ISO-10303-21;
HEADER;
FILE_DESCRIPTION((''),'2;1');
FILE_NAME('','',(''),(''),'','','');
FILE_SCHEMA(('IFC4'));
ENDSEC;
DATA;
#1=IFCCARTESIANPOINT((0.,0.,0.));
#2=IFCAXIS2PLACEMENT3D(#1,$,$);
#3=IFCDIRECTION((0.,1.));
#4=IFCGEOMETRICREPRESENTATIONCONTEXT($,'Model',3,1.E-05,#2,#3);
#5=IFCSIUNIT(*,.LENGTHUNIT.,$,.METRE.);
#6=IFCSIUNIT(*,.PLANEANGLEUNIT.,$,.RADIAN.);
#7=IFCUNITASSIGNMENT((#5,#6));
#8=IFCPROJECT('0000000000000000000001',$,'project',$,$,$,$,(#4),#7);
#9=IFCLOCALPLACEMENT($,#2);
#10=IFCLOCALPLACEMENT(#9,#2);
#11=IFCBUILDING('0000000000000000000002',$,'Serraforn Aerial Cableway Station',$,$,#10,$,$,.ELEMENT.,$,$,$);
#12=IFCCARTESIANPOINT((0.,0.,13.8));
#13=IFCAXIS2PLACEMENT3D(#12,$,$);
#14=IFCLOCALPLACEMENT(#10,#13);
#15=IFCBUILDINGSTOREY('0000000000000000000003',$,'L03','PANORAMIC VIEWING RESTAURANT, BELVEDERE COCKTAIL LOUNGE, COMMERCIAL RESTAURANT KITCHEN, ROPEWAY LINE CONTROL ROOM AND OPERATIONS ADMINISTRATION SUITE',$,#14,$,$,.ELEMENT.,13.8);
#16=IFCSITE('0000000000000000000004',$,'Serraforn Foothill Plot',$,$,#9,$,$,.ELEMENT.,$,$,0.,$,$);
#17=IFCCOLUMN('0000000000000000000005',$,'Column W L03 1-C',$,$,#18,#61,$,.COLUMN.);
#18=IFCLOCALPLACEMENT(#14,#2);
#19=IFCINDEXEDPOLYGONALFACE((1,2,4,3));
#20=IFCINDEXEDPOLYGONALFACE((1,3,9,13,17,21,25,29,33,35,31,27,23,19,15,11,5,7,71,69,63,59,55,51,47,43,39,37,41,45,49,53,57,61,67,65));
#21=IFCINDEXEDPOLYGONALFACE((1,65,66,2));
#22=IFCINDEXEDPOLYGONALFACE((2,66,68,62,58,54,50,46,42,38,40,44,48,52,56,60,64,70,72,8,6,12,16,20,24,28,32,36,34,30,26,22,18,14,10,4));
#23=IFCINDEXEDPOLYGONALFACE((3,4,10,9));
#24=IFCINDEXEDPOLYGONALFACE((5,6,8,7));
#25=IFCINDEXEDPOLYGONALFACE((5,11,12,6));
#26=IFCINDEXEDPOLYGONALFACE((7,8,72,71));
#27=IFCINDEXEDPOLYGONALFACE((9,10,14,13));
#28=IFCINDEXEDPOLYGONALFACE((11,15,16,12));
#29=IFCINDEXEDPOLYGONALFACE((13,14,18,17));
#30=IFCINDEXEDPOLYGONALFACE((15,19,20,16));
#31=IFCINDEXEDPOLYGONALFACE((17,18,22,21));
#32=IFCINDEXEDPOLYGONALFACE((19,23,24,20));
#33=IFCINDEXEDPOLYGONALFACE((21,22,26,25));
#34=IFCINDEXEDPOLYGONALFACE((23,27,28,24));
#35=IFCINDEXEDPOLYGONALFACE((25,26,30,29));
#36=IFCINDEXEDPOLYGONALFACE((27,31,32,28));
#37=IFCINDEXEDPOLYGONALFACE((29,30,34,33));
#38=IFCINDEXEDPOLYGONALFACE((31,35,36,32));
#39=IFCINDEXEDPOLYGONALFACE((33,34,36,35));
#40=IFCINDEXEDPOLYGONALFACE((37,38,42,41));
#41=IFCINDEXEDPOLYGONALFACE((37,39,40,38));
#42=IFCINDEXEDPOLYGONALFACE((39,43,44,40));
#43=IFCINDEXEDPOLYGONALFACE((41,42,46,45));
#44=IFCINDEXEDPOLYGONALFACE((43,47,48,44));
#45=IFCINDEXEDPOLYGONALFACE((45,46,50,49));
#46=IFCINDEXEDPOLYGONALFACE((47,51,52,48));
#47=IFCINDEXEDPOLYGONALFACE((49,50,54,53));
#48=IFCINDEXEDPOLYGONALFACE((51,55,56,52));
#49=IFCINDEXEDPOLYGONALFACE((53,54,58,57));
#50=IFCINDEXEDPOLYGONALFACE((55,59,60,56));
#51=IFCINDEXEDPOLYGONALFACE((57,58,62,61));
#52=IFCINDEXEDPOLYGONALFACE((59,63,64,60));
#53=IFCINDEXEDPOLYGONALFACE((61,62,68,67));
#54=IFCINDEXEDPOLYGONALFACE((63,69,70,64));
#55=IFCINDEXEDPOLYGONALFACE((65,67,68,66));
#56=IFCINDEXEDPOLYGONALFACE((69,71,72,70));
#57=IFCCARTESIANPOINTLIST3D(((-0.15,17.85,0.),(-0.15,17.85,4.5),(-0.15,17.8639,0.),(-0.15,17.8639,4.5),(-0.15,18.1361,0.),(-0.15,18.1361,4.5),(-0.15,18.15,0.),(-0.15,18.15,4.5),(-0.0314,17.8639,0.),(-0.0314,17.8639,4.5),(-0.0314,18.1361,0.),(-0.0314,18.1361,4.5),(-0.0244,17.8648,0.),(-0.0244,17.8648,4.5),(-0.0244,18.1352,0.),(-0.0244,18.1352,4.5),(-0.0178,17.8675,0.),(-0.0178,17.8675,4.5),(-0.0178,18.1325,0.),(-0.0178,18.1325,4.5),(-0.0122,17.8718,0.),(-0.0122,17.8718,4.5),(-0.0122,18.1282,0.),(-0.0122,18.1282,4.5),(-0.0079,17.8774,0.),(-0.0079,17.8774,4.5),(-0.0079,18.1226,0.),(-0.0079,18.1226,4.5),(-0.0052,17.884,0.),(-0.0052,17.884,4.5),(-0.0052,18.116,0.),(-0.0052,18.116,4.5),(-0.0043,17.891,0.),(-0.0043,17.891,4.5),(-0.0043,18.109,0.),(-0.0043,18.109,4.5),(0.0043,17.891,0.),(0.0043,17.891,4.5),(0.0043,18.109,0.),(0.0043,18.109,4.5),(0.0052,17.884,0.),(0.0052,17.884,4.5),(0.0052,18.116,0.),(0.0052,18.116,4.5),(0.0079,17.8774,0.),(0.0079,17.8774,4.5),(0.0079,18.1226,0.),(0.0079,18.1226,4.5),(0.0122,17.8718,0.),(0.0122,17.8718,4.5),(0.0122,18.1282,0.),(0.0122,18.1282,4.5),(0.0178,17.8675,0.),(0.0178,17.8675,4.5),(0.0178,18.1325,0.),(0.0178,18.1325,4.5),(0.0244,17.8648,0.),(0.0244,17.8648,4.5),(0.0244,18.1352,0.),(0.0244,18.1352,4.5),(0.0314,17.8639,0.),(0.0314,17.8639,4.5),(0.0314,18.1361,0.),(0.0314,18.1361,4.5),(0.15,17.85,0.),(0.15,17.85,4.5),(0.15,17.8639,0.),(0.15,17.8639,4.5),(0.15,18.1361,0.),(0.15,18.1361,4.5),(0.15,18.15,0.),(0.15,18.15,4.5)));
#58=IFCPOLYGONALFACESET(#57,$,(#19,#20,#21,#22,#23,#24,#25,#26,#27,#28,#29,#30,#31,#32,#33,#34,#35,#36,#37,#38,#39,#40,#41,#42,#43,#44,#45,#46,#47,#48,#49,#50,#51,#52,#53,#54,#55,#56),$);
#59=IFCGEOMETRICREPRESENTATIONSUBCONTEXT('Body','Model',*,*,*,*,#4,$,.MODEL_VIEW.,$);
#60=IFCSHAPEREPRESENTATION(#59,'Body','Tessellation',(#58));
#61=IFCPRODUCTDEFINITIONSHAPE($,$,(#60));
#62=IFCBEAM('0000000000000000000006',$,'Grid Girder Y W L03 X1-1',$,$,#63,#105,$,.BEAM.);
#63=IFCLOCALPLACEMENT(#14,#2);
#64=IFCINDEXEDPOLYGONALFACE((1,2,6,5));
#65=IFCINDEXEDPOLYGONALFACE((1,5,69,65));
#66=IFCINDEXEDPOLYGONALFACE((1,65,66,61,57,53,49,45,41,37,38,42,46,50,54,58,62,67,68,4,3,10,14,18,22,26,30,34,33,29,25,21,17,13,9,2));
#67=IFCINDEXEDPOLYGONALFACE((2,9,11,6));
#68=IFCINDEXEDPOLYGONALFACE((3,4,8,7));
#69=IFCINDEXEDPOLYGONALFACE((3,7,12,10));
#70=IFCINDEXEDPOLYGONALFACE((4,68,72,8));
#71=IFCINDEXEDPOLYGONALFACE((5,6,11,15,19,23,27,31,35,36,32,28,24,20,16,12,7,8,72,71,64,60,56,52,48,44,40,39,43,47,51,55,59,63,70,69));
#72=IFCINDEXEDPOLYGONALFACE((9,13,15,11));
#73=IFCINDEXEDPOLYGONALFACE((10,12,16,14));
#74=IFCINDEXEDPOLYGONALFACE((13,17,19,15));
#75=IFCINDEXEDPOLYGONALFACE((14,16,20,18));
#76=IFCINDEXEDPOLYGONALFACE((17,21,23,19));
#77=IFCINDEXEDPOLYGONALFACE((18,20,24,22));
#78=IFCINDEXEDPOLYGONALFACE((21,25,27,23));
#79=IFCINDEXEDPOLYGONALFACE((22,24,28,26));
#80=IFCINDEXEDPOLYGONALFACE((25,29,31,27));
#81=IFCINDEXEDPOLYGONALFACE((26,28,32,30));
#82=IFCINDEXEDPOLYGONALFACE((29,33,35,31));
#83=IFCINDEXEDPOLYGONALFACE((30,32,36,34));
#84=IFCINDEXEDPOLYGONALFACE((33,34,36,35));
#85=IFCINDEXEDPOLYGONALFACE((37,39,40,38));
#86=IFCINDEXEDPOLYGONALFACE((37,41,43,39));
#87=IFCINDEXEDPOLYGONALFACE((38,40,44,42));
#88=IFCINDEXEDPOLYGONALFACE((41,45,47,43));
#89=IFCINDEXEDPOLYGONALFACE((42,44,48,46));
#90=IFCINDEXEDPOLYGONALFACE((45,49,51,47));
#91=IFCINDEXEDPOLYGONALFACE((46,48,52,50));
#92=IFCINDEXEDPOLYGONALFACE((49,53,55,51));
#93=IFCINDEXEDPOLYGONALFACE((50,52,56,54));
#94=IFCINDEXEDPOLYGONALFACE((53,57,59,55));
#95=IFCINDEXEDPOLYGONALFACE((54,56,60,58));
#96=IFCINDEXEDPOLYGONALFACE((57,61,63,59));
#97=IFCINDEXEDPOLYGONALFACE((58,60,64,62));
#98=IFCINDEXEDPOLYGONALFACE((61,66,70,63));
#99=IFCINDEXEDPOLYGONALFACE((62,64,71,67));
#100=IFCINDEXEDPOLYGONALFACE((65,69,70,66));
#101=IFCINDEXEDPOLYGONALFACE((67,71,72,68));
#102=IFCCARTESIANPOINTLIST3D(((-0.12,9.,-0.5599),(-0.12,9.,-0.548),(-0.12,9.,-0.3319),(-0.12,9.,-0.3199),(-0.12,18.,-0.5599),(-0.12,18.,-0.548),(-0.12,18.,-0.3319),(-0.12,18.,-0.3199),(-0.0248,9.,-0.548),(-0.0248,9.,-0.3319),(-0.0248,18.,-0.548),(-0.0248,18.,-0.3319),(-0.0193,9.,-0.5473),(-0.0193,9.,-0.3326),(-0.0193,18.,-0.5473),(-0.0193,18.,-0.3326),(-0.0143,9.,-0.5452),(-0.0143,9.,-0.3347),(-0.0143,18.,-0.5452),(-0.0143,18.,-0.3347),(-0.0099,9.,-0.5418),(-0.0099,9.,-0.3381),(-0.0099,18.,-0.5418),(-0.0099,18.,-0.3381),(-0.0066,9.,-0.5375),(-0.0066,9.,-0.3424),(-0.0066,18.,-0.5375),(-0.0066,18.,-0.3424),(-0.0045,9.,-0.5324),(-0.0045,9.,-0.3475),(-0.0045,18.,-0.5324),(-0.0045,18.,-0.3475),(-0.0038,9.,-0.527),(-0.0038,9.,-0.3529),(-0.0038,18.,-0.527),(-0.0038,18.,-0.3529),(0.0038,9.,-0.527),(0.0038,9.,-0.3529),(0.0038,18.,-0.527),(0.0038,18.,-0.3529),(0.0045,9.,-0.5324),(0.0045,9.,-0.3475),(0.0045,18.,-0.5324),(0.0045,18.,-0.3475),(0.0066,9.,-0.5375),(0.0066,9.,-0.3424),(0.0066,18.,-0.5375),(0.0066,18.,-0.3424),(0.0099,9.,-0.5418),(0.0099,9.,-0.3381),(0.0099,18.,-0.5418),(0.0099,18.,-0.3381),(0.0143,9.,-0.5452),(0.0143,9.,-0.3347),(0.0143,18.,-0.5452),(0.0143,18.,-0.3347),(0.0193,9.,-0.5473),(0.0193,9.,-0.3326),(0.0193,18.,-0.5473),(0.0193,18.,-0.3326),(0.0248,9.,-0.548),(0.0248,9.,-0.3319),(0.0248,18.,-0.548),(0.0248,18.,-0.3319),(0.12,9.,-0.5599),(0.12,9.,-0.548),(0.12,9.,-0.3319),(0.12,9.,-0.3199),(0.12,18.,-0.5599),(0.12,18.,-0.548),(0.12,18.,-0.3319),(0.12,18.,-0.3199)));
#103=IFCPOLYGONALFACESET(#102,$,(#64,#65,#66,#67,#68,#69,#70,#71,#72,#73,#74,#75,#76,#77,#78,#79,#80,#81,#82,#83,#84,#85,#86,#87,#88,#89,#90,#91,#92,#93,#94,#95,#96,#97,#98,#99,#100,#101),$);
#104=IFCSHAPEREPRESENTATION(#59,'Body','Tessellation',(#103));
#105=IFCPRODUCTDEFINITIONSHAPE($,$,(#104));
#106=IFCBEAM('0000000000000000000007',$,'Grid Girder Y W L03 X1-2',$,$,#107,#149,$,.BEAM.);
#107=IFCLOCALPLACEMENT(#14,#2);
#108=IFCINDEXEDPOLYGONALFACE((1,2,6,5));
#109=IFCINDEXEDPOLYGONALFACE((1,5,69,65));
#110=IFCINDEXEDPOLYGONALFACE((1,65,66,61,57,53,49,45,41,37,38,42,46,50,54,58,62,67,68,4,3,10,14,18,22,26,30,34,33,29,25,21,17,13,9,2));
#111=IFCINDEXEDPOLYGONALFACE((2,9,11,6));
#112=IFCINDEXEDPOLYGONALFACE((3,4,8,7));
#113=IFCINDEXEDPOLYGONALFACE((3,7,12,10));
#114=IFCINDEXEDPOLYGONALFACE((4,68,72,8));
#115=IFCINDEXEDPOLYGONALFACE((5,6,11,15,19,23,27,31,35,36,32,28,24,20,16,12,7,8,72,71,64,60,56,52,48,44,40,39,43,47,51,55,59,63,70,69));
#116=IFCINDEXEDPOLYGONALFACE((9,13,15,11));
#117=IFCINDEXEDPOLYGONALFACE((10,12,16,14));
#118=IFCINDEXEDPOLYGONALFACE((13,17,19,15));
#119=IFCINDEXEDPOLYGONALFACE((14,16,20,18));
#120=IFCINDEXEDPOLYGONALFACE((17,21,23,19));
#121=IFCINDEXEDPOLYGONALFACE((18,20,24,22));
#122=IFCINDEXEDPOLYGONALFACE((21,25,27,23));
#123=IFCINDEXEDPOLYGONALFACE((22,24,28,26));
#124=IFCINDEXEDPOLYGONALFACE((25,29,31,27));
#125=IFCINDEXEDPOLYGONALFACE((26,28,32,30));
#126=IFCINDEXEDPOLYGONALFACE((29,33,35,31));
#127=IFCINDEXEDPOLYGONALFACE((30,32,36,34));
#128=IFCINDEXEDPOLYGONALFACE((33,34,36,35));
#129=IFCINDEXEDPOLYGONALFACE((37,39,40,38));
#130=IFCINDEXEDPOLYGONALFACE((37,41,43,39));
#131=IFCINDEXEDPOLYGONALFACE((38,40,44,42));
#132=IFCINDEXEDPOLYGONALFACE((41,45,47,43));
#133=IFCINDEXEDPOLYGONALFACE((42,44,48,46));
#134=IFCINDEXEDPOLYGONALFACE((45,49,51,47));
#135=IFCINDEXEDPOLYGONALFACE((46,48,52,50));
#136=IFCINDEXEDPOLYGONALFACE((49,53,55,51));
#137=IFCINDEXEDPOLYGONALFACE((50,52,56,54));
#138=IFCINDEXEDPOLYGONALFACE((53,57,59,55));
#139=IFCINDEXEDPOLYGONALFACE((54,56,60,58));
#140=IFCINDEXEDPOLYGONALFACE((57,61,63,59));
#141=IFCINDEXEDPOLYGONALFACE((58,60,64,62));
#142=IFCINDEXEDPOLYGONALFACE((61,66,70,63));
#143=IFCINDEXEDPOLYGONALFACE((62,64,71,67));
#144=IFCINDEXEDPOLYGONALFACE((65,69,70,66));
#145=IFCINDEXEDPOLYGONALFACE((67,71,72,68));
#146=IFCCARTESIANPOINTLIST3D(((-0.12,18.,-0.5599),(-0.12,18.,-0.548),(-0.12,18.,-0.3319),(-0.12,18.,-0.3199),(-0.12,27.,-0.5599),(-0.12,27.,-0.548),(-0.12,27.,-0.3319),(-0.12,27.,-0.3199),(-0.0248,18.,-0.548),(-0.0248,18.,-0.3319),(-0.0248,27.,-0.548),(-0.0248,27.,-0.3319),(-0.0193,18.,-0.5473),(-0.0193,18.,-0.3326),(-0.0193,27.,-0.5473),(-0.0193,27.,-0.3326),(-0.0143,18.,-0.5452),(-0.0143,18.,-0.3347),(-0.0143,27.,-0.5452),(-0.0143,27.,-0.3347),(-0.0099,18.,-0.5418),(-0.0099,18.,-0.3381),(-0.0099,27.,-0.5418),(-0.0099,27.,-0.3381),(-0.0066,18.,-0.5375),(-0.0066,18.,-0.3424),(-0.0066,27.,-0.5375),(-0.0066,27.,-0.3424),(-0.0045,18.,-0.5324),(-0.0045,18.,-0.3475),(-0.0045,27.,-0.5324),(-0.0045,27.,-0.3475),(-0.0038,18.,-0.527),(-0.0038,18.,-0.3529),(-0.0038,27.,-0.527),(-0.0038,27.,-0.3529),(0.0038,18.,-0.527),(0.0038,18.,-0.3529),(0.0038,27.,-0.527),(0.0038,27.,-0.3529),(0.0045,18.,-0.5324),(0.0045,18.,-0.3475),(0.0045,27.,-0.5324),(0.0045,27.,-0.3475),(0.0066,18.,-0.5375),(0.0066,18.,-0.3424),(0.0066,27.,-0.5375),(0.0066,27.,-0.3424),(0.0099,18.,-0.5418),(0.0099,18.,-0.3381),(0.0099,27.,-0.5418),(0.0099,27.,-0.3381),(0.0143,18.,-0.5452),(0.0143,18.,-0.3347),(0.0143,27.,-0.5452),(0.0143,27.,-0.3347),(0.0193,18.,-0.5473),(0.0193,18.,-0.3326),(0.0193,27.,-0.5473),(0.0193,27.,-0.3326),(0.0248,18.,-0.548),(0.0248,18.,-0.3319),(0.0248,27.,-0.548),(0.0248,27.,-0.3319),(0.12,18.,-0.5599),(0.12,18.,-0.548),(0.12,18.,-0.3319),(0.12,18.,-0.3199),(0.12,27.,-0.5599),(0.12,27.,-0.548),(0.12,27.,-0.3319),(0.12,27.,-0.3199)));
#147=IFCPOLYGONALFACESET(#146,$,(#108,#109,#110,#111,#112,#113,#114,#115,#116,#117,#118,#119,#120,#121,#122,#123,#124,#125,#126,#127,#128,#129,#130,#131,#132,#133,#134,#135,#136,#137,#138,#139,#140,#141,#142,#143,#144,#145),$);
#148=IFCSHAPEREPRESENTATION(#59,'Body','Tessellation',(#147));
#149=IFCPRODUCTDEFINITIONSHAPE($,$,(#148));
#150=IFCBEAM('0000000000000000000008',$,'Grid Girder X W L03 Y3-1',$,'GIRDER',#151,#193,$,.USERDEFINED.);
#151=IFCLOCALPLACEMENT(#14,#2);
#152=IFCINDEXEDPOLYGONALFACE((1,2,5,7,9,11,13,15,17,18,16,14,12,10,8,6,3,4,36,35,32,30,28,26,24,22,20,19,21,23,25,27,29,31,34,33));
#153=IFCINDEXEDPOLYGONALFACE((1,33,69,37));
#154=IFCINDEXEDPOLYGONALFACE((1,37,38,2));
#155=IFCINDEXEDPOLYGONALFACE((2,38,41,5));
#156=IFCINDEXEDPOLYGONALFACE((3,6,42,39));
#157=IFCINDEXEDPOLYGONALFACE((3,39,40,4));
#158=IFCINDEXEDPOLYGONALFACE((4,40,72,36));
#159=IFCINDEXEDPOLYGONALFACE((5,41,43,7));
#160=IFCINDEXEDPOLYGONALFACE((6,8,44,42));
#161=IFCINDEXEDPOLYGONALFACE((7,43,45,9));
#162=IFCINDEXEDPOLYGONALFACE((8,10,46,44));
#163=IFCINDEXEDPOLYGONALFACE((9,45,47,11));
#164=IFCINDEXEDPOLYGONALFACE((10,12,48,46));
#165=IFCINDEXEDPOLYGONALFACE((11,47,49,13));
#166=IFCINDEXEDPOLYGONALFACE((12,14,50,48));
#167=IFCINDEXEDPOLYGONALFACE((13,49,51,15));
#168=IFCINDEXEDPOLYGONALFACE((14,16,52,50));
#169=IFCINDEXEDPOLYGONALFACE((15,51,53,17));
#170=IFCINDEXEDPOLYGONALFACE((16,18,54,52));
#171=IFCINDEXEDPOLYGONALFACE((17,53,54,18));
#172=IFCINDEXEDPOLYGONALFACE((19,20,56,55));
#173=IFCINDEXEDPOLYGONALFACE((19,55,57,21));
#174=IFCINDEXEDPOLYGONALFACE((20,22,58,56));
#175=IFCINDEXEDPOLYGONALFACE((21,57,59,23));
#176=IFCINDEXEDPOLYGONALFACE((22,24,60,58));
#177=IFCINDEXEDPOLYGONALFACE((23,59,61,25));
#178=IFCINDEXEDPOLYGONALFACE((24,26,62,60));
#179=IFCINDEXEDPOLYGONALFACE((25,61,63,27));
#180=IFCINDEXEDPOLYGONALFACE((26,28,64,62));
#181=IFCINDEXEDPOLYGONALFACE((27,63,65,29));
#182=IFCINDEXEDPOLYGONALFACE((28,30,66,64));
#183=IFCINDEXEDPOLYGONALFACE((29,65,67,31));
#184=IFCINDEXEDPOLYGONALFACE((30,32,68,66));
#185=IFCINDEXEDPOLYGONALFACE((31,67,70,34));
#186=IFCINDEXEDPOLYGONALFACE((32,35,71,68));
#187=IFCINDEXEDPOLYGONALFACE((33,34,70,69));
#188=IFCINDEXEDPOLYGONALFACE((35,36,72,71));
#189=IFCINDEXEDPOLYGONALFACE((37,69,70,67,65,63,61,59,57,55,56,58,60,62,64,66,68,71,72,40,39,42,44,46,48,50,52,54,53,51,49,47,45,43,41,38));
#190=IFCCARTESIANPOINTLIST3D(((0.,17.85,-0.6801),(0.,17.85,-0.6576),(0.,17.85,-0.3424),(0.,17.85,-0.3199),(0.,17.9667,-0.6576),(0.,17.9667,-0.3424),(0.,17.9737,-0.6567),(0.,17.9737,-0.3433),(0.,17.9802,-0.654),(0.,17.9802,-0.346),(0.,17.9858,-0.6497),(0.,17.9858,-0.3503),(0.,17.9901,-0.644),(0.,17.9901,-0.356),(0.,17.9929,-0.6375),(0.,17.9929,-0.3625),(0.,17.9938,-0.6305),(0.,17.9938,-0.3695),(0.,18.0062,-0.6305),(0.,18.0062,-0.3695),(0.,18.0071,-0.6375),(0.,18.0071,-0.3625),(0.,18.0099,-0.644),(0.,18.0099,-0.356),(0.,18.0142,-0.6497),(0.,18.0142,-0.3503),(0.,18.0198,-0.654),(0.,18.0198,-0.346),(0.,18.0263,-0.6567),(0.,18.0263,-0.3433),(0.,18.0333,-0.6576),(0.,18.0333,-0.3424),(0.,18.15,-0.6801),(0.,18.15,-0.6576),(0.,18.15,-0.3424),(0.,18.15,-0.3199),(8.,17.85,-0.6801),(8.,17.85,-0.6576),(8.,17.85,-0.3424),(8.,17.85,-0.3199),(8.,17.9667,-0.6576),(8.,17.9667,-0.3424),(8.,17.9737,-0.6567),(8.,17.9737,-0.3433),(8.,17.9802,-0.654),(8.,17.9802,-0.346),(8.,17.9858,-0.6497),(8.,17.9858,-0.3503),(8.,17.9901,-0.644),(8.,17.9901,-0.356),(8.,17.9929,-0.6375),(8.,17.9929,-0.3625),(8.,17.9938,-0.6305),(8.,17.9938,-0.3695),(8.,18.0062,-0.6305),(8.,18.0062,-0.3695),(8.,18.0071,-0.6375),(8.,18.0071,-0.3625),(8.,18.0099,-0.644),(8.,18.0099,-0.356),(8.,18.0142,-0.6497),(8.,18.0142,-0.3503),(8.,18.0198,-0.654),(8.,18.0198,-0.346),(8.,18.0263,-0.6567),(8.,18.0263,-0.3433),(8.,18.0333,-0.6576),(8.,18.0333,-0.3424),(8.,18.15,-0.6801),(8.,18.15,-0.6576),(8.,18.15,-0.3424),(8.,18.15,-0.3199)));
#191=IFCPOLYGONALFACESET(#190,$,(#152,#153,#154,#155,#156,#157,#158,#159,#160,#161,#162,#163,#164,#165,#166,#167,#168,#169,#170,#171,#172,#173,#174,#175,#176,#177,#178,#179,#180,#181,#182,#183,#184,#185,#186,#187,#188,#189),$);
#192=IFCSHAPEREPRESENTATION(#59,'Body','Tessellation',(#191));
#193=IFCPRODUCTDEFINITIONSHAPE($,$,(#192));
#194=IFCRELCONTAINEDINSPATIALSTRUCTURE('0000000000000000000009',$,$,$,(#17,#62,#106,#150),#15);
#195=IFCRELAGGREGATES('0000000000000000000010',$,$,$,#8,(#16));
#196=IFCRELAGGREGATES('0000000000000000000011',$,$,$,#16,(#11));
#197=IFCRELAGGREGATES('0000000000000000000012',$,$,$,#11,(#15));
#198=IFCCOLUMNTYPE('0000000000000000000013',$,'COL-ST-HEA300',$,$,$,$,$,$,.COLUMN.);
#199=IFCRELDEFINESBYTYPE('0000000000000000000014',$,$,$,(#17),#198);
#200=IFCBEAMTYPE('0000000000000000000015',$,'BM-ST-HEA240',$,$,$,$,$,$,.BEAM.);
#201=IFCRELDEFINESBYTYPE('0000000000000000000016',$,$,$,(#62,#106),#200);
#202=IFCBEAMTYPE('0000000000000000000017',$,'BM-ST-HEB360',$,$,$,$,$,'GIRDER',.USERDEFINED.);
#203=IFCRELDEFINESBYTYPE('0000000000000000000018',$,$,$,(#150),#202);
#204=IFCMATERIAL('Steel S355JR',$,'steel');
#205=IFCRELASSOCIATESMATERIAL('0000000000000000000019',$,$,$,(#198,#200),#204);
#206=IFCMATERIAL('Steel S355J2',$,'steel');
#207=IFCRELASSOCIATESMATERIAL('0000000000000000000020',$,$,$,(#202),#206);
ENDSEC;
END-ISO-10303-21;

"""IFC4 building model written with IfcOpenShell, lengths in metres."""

from ifc_helpers import new_model, si_unit, direction, frame, origin, origin_2d, place, context, subcontext, project, spatial, i_section, extrude, material, material_profile, profile_set, type_object, element, save


model = new_model("IFC4")

# Units and contexts
model_context = context("Model", 3, precision=1e-05, world=origin(), true_north=direction((0.0, 1.0)))
body_context = subcontext(model_context, "Body", "Model", "MODEL_VIEW")
ifc_project = project(units=[si_unit("LENGTHUNIT", "METRE"), si_unit("PLANEANGLEUNIT", "RADIAN")], contexts=[model_context])

# Site, building, storey
site_placement = place(None, origin())
site = spatial("IfcSite", under=ifc_project, at=site_placement, Name="Serraforn Foothill Plot", CompositionType="ELEMENT", RefElevation=0.0)
building_placement = place(site_placement, origin())
building = spatial("IfcBuilding", under=site, at=building_placement, Name="Serraforn Aerial Cableway Station", CompositionType="ELEMENT")
storey_placement = place(building_placement, frame((0.0, 0.0, 13.8)))
storey = spatial("IfcBuildingStorey", under=building, at=storey_placement, Name="L03", Description="PANORAMIC VIEWING RESTAURANT, BELVEDERE COCKTAIL LOUNGE, COMMERCIAL RESTAURANT KITCHEN, ROPEWAY LINE CONTROL ROOM AND OPERATIONS ADMINISTRATION SUITE", CompositionType="ELEMENT", Elevation=13.8)

# Column
ifc_material_1 = material(Name="Steel S355JR", Category="steel")
ifc_material_profile_1 = material_profile(ifc_material_1, i_section(OverallWidth=0.3, OverallDepth=0.3, WebThickness=0.0085, FlangeThickness=0.0139, FilletRadius=0.0271, at=origin_2d()), Name="HEA 300")
ifc_profile_set_1 = profile_set([ifc_material_profile_1], Name="Steel S355JR")
column_type = type_object("IfcColumnType", Name="COL-ST-HEA300", PredefinedType="COLUMN", material=ifc_profile_set_1)
column_placement = place(storey_placement, frame((0.0, 18.0, 0.0), z_axis=(0.0, 0.0, 1.0), x_axis=(1.0, 0.0, 0.0)))
element("IfcColumn", 1, at=column_placement, inside=storey, type_object=column_type, Name="Column W L03 1-C", PredefinedType="COLUMN", context=body_context, shape_type="SweptSolid", body=[
    extrude(i_section(OverallWidth=0.3, OverallDepth=0.3, WebThickness=0.0085, FlangeThickness=0.0139, FilletRadius=0.0271, at=origin_2d()), origin(), (0.0, 0.0, 1.0), 4.5),
])

# Beams
ifc_material_profile_2 = material_profile(ifc_material_1, i_section(OverallWidth=0.24, OverallDepth=0.24, WebThickness=0.0076, FlangeThickness=0.012, FilletRadius=0.021, at=origin_2d()), Name="HEA 240")
ifc_profile_set_2 = profile_set([ifc_material_profile_2], Name="Steel S355JR")
beam_type_1 = type_object("IfcBeamType", Name="BM-ST-HEA240", PredefinedType="BEAM", material=ifc_profile_set_2)
for number, where, z_axis, x_axis, name in (
    (2, (0.0, 9.0, -0.4399), (0.0, 1.0, 0.0), (-1.0, 0.0, 0.0), "Grid Girder Y W L03 X1-1"),
    (3, (0.0, 18.0, -0.4399), (0.0, 1.0, 0.0), (-1.0, 0.0, 0.0), "Grid Girder Y W L03 X1-2"),
):
    element("IfcBeam", number, at=place(storey_placement, frame(where, z_axis=z_axis, x_axis=x_axis)), inside=storey, type_object=beam_type_1, Name=name, PredefinedType="BEAM", context=body_context, shape_type="SweptSolid", body=[
        extrude(i_section(OverallWidth=0.24, OverallDepth=0.24, WebThickness=0.0076, FlangeThickness=0.012, FilletRadius=0.021, at=origin_2d()), origin(), (0.0, 0.0, 1.0), 9.0),
    ])
ifc_material_2 = material(Name="Steel S355J2", Category="steel")
ifc_material_profile_3 = material_profile(ifc_material_2, i_section(OverallWidth=0.3, OverallDepth=0.3601, WebThickness=0.0125, FlangeThickness=0.0225, FilletRadius=0.0271, at=origin_2d()), Name="HEB 360")
ifc_profile_set_3 = profile_set([ifc_material_profile_3], Name="Steel S355J2")
beam_type_2 = type_object("IfcBeamType", Name="BM-ST-HEB360", ElementType="GIRDER", PredefinedType="USERDEFINED", material=ifc_profile_set_3)
beam_1_placement = place(storey_placement, frame((0.0, 18.0, -0.5), z_axis=(1.0, 0.0, 0.0), x_axis=(0.0, 1.0, 0.0)))
element("IfcBeam", 4, at=beam_1_placement, inside=storey, type_object=beam_type_2, Name="Grid Girder X W L03 Y3-1", ObjectType="GIRDER", PredefinedType="USERDEFINED", context=body_context, shape_type="SweptSolid", body=[
    extrude(i_section(OverallWidth=0.3, OverallDepth=0.3601, WebThickness=0.0125, FlangeThickness=0.0225, FilletRadius=0.0271, at=origin_2d()), origin(), (0.0, 0.0, 1.0), 8.0),
])

save(model, "model.ifc")
